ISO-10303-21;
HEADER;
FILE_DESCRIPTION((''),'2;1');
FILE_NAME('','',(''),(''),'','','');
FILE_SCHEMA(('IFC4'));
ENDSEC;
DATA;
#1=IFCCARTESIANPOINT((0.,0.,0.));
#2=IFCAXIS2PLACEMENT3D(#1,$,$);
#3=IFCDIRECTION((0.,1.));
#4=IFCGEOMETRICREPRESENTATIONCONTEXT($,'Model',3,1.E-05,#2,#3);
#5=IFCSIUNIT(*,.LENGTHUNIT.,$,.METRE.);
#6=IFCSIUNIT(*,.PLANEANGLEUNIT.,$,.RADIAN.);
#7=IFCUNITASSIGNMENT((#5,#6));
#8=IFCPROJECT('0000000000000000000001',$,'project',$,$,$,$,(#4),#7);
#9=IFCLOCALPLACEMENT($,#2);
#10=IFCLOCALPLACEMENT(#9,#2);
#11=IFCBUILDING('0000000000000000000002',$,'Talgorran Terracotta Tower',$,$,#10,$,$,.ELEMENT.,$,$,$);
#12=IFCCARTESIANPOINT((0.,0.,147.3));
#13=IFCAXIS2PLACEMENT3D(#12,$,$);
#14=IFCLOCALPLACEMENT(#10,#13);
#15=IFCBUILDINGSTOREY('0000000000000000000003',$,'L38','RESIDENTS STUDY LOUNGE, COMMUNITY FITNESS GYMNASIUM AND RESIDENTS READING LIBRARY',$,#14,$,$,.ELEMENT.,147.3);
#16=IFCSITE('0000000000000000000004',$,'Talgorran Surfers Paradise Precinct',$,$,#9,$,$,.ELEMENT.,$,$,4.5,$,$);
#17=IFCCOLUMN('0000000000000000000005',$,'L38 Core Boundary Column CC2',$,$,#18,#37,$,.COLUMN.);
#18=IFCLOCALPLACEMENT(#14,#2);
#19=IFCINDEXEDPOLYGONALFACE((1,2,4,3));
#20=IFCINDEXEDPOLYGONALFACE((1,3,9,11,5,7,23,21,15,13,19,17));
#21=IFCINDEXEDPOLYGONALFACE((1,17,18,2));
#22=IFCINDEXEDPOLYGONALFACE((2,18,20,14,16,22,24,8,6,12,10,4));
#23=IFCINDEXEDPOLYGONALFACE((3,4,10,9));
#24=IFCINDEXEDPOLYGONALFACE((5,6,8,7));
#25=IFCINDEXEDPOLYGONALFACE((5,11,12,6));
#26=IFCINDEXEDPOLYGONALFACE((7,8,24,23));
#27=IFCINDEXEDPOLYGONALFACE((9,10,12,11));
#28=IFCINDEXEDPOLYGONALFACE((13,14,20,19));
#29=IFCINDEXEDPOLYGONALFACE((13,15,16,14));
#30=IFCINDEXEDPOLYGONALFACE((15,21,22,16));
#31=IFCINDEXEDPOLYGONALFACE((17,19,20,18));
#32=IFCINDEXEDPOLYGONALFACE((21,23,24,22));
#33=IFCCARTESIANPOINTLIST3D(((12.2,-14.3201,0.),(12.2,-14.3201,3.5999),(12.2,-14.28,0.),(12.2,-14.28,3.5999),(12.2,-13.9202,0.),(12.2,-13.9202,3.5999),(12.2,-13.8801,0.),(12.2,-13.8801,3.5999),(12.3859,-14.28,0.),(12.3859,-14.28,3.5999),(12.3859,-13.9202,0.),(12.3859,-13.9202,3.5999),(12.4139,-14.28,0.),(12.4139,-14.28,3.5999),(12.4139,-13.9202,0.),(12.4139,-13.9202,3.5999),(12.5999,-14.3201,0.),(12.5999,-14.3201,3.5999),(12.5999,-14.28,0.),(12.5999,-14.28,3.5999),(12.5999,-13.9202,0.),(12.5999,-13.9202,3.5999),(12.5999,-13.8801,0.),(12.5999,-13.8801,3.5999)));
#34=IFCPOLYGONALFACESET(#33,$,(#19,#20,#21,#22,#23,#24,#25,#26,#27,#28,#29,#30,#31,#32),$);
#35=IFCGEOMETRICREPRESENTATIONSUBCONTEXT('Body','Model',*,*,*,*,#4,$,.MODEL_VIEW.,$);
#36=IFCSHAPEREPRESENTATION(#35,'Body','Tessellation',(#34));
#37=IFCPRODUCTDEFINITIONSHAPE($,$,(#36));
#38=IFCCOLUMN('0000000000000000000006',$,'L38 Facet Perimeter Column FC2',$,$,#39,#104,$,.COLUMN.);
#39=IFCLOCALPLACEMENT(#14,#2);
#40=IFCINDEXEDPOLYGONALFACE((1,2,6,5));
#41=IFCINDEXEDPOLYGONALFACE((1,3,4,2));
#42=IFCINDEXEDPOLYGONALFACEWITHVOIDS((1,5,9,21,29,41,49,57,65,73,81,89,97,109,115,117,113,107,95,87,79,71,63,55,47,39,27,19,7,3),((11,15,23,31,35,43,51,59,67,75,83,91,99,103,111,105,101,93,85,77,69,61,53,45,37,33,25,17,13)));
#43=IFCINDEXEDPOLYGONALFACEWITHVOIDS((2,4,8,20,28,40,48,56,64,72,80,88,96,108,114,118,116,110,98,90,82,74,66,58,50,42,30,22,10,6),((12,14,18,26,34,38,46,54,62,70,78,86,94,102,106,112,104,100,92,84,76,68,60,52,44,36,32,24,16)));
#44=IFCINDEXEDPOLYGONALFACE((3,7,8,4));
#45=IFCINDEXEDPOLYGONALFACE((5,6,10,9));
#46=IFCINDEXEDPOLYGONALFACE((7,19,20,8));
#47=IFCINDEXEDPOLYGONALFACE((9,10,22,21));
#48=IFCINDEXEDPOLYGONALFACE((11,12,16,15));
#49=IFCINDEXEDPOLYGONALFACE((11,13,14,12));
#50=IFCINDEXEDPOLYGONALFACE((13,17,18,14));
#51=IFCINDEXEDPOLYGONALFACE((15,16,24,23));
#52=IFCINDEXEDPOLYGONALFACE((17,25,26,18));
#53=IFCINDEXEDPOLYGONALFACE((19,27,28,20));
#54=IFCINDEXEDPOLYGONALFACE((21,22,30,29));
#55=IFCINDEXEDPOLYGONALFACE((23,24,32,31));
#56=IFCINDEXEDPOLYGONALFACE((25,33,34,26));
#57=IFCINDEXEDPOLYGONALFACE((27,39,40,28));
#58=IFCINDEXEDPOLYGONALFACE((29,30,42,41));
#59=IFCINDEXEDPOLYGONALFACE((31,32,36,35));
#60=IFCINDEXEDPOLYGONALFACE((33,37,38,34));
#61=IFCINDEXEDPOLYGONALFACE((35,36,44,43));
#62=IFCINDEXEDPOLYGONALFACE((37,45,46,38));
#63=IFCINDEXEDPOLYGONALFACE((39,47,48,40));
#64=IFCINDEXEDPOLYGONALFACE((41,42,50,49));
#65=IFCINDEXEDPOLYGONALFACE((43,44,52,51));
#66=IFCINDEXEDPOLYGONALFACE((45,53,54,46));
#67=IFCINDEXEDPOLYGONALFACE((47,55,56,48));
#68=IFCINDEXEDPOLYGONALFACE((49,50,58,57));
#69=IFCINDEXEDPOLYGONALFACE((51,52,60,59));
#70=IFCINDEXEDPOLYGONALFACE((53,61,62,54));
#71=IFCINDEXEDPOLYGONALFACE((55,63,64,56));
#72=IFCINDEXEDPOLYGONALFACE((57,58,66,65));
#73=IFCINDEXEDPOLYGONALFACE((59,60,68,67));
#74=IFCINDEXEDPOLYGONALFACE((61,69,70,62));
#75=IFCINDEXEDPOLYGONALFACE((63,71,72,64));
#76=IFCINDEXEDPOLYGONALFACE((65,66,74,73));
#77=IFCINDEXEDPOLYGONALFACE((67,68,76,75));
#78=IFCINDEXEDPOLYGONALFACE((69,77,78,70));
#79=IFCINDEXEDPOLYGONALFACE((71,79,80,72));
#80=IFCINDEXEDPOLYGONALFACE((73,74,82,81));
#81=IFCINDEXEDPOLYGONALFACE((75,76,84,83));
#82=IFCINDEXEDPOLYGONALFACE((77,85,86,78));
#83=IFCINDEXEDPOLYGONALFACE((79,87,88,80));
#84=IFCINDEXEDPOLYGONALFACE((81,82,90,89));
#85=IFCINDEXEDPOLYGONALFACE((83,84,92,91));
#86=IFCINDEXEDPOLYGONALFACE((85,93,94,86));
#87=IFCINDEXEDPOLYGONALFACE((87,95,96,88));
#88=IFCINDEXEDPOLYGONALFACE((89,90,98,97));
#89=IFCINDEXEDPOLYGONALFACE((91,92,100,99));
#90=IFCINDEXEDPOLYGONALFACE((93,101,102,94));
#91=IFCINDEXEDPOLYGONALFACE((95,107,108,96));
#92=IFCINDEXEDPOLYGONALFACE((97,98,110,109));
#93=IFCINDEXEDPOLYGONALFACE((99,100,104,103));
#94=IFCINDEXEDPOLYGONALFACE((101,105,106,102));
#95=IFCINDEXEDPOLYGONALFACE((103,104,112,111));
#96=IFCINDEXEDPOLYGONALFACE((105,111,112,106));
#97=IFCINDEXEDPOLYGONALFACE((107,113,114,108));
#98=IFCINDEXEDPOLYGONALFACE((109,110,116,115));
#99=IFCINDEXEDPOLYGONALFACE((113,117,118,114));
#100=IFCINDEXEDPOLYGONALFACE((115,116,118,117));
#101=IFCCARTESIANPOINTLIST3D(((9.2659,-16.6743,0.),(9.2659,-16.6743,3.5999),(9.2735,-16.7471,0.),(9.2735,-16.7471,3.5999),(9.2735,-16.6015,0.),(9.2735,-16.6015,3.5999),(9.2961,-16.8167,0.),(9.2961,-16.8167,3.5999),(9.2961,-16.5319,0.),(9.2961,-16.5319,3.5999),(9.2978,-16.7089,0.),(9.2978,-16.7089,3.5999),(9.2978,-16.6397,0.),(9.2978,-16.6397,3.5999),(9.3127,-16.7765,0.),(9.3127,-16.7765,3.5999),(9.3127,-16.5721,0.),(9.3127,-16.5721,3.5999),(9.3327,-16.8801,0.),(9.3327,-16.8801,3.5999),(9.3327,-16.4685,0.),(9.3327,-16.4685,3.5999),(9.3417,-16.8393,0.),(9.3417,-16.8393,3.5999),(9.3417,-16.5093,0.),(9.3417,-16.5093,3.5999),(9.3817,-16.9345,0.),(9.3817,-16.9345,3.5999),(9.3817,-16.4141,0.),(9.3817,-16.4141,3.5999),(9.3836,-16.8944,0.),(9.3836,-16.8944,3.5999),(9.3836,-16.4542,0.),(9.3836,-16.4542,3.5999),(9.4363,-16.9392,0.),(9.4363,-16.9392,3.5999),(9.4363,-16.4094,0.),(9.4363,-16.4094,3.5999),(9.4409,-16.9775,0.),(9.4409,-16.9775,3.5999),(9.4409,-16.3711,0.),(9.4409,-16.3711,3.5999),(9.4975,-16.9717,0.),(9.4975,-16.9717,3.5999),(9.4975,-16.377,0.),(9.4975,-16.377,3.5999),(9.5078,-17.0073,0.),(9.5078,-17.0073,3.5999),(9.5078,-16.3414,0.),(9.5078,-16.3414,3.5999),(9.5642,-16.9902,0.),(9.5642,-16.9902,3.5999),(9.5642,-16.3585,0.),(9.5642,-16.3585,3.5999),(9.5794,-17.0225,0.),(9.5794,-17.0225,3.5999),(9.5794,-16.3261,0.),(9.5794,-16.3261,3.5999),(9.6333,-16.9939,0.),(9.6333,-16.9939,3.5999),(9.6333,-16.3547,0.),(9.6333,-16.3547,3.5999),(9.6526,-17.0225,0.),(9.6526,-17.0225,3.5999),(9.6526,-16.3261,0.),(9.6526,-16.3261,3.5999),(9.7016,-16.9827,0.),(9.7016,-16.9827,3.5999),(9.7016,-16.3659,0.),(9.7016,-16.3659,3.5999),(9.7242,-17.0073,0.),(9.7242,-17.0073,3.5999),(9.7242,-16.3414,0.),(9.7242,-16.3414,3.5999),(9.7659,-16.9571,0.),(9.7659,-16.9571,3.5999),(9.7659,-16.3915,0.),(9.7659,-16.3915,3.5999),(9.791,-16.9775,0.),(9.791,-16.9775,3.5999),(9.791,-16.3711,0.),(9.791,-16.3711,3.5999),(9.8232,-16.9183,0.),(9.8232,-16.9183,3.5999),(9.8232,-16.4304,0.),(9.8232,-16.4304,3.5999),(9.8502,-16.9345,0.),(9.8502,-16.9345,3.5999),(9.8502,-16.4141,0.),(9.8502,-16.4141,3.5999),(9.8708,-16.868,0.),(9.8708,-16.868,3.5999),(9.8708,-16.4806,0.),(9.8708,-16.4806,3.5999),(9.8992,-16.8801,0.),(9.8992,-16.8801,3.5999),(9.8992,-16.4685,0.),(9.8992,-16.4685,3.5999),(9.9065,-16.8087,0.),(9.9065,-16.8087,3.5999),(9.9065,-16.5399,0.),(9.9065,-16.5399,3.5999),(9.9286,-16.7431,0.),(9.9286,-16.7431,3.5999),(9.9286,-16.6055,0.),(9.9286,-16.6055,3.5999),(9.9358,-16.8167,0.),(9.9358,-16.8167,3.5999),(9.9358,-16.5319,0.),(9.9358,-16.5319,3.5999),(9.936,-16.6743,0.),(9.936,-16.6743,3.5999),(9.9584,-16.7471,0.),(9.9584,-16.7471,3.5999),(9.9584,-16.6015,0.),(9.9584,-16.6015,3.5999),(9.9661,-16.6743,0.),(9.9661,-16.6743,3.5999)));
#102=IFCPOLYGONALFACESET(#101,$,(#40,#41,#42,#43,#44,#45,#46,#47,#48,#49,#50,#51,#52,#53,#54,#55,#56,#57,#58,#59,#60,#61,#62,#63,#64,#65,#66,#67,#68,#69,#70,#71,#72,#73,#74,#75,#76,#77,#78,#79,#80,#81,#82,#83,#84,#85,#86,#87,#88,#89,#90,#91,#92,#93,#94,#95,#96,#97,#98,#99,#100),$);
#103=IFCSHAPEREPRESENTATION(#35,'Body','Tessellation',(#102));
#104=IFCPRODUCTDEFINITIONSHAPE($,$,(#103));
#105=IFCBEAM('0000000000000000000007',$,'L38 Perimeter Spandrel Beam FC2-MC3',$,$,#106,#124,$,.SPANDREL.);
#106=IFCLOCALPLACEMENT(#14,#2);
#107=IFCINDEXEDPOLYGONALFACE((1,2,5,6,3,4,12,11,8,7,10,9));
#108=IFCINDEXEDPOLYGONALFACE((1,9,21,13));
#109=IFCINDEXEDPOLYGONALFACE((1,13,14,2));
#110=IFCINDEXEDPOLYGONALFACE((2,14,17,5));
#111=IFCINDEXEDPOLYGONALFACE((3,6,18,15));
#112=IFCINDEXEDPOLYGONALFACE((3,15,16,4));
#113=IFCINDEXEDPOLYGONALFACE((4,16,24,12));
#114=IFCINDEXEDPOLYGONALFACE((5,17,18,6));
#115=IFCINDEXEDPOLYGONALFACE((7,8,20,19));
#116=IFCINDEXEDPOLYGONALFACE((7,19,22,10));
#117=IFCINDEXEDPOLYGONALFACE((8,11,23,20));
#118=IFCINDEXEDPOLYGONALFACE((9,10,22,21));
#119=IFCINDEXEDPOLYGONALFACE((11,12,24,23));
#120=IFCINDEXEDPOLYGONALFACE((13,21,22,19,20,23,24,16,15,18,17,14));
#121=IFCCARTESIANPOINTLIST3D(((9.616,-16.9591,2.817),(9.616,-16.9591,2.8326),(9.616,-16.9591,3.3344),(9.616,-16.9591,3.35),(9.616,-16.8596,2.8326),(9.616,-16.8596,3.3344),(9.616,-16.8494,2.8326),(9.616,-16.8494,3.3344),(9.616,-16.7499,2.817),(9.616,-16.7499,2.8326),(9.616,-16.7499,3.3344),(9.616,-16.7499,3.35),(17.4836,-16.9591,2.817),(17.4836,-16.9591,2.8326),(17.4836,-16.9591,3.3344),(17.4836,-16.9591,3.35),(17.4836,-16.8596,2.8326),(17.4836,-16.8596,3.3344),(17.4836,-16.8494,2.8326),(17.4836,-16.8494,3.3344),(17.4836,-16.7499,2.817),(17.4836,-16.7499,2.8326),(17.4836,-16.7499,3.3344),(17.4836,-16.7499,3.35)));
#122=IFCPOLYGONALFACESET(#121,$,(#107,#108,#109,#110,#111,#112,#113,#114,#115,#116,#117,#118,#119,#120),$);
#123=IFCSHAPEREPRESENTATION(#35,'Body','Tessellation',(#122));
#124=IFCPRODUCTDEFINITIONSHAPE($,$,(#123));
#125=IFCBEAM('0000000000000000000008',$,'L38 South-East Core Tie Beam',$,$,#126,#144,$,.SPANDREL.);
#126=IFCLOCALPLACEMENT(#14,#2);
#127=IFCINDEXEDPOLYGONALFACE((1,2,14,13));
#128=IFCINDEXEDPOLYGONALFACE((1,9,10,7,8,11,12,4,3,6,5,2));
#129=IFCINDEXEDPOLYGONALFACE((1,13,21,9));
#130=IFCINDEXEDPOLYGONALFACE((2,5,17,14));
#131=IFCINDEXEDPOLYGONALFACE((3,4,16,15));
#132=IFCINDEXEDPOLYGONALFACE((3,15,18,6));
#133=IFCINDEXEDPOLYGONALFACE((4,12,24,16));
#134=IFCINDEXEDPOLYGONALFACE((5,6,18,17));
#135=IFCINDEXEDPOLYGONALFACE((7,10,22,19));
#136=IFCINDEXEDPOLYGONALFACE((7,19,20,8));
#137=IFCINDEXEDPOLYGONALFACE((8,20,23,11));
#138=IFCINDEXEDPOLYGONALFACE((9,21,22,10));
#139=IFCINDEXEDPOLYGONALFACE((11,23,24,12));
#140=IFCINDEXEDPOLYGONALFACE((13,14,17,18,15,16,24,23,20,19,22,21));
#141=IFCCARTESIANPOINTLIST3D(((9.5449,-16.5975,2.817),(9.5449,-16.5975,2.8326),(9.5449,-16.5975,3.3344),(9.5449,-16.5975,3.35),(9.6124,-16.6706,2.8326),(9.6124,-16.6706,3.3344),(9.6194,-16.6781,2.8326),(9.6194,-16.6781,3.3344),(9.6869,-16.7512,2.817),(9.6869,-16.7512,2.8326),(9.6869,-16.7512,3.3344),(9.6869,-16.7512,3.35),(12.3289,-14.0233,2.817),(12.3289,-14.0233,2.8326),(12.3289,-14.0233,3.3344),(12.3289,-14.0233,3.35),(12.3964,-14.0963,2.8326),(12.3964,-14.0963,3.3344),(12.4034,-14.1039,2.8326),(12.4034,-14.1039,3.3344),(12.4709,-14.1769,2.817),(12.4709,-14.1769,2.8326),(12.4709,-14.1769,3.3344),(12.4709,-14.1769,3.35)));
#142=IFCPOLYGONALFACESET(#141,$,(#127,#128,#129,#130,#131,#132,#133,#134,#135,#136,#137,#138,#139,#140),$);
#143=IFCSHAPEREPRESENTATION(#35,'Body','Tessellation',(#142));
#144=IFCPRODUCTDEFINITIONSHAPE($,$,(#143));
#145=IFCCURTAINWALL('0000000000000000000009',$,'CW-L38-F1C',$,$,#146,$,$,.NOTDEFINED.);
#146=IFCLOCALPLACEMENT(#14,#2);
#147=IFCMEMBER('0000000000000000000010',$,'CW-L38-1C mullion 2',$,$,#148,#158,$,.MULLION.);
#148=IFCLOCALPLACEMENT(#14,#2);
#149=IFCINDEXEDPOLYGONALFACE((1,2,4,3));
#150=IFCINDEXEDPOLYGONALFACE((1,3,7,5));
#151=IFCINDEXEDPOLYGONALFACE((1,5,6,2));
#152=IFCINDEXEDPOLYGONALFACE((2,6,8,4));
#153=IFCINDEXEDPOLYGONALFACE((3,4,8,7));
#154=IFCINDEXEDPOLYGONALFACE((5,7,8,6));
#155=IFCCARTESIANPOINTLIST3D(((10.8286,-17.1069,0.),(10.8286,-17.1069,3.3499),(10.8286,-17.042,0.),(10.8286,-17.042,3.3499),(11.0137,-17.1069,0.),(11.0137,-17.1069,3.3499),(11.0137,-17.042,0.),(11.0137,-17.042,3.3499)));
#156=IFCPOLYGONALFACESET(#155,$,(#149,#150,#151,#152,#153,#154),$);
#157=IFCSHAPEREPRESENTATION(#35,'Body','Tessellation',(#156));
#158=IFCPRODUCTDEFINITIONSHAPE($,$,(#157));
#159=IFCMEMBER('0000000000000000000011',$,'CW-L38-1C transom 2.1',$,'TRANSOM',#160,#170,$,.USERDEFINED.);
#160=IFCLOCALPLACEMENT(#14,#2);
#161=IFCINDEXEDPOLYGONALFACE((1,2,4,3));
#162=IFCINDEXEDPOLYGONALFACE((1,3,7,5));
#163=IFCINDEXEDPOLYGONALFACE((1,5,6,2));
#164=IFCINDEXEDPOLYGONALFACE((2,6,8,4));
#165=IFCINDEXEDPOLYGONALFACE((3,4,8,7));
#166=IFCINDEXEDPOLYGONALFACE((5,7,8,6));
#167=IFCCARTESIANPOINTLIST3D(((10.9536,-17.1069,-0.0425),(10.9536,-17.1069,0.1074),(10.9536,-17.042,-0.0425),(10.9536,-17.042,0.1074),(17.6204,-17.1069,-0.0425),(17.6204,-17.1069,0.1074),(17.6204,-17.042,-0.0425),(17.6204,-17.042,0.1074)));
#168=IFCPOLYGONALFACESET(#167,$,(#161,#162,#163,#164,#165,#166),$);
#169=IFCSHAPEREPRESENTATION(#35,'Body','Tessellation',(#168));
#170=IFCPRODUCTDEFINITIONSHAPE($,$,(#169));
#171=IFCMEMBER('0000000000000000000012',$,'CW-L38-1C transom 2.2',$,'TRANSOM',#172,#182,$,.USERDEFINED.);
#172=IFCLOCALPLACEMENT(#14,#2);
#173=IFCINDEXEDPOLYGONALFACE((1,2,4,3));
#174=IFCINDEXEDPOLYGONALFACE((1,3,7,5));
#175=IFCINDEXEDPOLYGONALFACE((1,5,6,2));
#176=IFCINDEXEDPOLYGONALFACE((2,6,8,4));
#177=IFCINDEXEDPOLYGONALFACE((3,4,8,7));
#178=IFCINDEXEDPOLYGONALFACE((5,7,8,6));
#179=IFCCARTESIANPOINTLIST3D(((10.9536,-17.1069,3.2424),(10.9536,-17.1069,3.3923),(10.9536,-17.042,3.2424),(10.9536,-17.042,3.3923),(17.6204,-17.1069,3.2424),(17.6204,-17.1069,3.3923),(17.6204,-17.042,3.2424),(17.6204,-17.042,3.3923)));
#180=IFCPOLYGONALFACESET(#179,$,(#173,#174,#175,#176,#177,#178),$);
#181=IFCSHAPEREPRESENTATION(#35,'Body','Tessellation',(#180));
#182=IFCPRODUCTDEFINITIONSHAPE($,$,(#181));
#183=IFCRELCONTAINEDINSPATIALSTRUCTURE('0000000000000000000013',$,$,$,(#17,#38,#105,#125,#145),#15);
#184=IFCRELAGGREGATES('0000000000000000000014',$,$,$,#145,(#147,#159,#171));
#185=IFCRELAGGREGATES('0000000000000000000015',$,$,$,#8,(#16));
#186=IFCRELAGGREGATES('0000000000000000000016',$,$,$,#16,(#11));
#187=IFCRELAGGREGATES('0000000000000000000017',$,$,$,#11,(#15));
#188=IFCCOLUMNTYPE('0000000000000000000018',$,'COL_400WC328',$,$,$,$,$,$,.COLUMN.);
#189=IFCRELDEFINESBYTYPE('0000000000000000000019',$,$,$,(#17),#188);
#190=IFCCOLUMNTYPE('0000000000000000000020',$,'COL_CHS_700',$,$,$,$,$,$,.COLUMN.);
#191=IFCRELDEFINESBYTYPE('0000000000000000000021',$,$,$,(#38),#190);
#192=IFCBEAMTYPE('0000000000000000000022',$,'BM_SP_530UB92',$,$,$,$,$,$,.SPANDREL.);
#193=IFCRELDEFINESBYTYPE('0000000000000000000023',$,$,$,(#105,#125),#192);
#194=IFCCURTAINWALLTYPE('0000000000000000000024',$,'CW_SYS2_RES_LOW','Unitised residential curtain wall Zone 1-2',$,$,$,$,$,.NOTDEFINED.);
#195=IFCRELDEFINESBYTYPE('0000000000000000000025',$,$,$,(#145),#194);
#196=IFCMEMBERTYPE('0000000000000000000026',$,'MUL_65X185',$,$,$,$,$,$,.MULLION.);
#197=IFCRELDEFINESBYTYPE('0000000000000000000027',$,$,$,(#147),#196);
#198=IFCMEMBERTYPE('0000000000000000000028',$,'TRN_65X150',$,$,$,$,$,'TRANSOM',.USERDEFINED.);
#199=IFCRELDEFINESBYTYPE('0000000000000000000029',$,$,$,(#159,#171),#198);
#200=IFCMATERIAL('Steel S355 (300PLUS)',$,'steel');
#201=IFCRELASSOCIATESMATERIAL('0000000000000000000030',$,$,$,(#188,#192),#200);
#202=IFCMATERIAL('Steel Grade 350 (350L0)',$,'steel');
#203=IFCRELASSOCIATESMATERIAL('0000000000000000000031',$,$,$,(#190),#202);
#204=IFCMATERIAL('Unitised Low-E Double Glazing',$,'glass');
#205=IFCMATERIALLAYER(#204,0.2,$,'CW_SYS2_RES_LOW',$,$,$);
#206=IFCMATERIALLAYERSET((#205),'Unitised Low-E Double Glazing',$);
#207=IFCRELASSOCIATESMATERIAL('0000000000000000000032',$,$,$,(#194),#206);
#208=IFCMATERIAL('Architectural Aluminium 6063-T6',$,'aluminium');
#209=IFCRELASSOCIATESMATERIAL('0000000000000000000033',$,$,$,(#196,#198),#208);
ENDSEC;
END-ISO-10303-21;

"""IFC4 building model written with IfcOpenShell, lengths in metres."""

from ifc_helpers import new_model, si_unit, direction, frame, origin, origin_2d, place, context, subcontext, project, spatial, rectangle, hollow_circle, i_section, extrude, material, layer, layer_set, material_profile, profile_set, type_object, element, aggregate, save


model = new_model("IFC4")

# Units and contexts
model_context = context("Model", 3, precision=1e-05, world=origin(), true_north=direction((0.0, 1.0)))
body_context = subcontext(model_context, "Body", "Model", "MODEL_VIEW")
ifc_project = project(units=[si_unit("LENGTHUNIT", "METRE"), si_unit("PLANEANGLEUNIT", "RADIAN")], contexts=[model_context])

# Site, building, storey
site_placement = place(None, origin())
site = spatial("IfcSite", under=ifc_project, at=site_placement, Name="Talgorran Surfers Paradise Precinct", CompositionType="ELEMENT", RefElevation=4.5)
building_placement = place(site_placement, origin())
building = spatial("IfcBuilding", under=site, at=building_placement, Name="Talgorran Terracotta Tower", CompositionType="ELEMENT")
storey_placement = place(building_placement, frame((0.0, 0.0, 147.3)))
storey = spatial("IfcBuildingStorey", under=building, at=storey_placement, Name="L38", Description="RESIDENTS STUDY LOUNGE, COMMUNITY FITNESS GYMNASIUM AND RESIDENTS READING LIBRARY", CompositionType="ELEMENT", Elevation=147.3)

# Columns
ifc_material_1 = material(Name="Steel S355 (300PLUS)", Category="steel")
ifc_material_profile_1 = material_profile(ifc_material_1, i_section(OverallWidth=0.3999, OverallDepth=0.4399, WebThickness=0.0281, FlangeThickness=0.04, at=origin_2d()), Name="400WC328")
ifc_profile_set_1 = profile_set([ifc_material_profile_1], Name="Steel S355 (300PLUS)")
column_type_1 = type_object("IfcColumnType", Name="COL_400WC328", PredefinedType="COLUMN", material=ifc_profile_set_1)
column_1_placement = place(storey_placement, frame((12.3999, -14.1001, 0.0), z_axis=(0.0, 0.0, 1.0), x_axis=(1.0, 0.0, 0.0)))
element("IfcColumn", 1, at=column_1_placement, inside=storey, type_object=column_type_1, Name="L38 Core Boundary Column CC2", PredefinedType="COLUMN", context=body_context, shape_type="SweptSolid", body=[
    extrude(i_section(OverallWidth=0.3999, OverallDepth=0.4399, WebThickness=0.0281, FlangeThickness=0.04, at=origin_2d()), origin(), (0.0, 0.0, 1.0), 3.5999),
])
ifc_material_2 = material(Name="Steel Grade 350 (350L0)", Category="steel")
ifc_material_profile_2 = material_profile(ifc_material_2, hollow_circle(Radius=0.3501, WallThickness=0.03, at=origin_2d()), Name="CHS700X30")
ifc_profile_set_2 = profile_set([ifc_material_profile_2], Name="Steel Grade 350 (350L0)")
column_type_2 = type_object("IfcColumnType", Name="COL_CHS_700", PredefinedType="COLUMN", material=ifc_profile_set_2)
column_2_placement = place(storey_placement, frame((9.616, -16.6743, 0.0), z_axis=(0.0, 0.0, 1.0), x_axis=(1.0, 0.0, 0.0)))
element("IfcColumn", 2, at=column_2_placement, inside=storey, type_object=column_type_2, Name="L38 Facet Perimeter Column FC2", PredefinedType="COLUMN", context=body_context, shape_type="SweptSolid", body=[
    extrude(hollow_circle(Radius=0.3501, WallThickness=0.03, at=origin_2d()), origin(), (0.0, 0.0, 1.0), 3.5999),
])

# Beams
ifc_material_profile_3 = material_profile(ifc_material_1, i_section(OverallWidth=0.2092, OverallDepth=0.533, WebThickness=0.0103, FlangeThickness=0.0156, at=origin_2d()), Name="530UB92.4")
ifc_profile_set_3 = profile_set([ifc_material_profile_3], Name="Steel S355 (300PLUS)")
beam_type = type_object("IfcBeamType", Name="BM_SP_530UB92", PredefinedType="SPANDREL", material=ifc_profile_set_3)
beam_1_placement = place(storey_placement, frame((9.616, -16.8545, 3.0835), z_axis=(1.0, 0.0, 0.0), x_axis=(0.0, 1.0, 0.0)))
element("IfcBeam", 3, at=beam_1_placement, inside=storey, type_object=beam_type, Name="L38 Perimeter Spandrel Beam FC2-MC3", PredefinedType="SPANDREL", context=body_context, shape_type="SweptSolid", body=[
    extrude(i_section(OverallWidth=0.2092, OverallDepth=0.533, WebThickness=0.0103, FlangeThickness=0.0156, at=origin_2d()), origin(), (0.0, 0.0, 1.0), 7.8677),
])
beam_2_placement = place(storey_placement, frame((12.3999, -14.1001, 3.0835), z_axis=(-0.734221, -0.678911, 0.0), x_axis=(0.678911, -0.734221, 0.0)))
element("IfcBeam", 4, at=beam_2_placement, inside=storey, type_object=beam_type, Name="L38 South-East Core Tie Beam", PredefinedType="SPANDREL", context=body_context, shape_type="SweptSolid", body=[
    extrude(i_section(OverallWidth=0.2092, OverallDepth=0.533, WebThickness=0.0103, FlangeThickness=0.0156, at=origin_2d()), origin(), (0.0, 0.0, 1.0), 3.7917),
])

# Curtain wall, members
ifc_material_3 = material(Name="Unitised Low-E Double Glazing", Category="glass")
ifc_layer_1 = layer(ifc_material_3, 0.2, Name="CW_SYS2_RES_LOW")
ifc_layer_set_1 = layer_set([ifc_layer_1], Name="Unitised Low-E Double Glazing")
curtain_wall_type = type_object("IfcCurtainWallType", Name="CW_SYS2_RES_LOW", Description="Unitised residential curtain wall Zone 1-2", PredefinedType="NOTDEFINED", material=ifc_layer_set_1)
curtain_wall_placement = place(storey_placement, origin())
curtain_wall = element("IfcCurtainWall", 5, at=curtain_wall_placement, inside=storey, type_object=curtain_wall_type, Name="CW-L38-F1C", PredefinedType="NOTDEFINED")
ifc_material_4 = material(Name="Architectural Aluminium 6063-T6", Category="aluminium")
ifc_material_profile_4 = material_profile(ifc_material_4, rectangle(XDim=0.0649, YDim=0.1851, at=origin_2d()), Name="CWM65X185")
ifc_profile_set_4 = profile_set([ifc_material_profile_4], Name="Architectural Aluminium 6063-T6")
member_type_1 = type_object("IfcMemberType", Name="MUL_65X185", PredefinedType="MULLION", material=ifc_profile_set_4)
member_1_placement = place(storey_placement, frame((10.9211, -17.0745, 0.0), z_axis=(0.0, 0.0, 1.0), x_axis=(0.0, 1.0, 0.0)))
member_1 = element("IfcMember", 6, at=member_1_placement, type_object=member_type_1, Name="CW-L38-1C mullion 2", PredefinedType="MULLION", context=body_context, shape_type="SweptSolid", body=[
    extrude(rectangle(XDim=0.0649, YDim=0.1851, at=origin_2d()), origin(), (0.0, 0.0, 1.0), 3.3499),
])
ifc_material_profile_5 = material_profile(ifc_material_4, rectangle(XDim=0.0649, YDim=0.1499, at=origin_2d()), Name="CWT65X150")
ifc_profile_set_5 = profile_set([ifc_material_profile_5], Name="Architectural Aluminium 6063-T6")
member_type_2 = type_object("IfcMemberType", Name="TRN_65X150", ElementType="TRANSOM", PredefinedType="USERDEFINED", material=ifc_profile_set_5)
member_2_placement = place(storey_placement, frame((10.9536, -17.0745, 0.0325), z_axis=(1.0, 0.0, 0.0), x_axis=(0.0, 1.0, 0.0)))
member_2 = element("IfcMember", 7, at=member_2_placement, type_object=member_type_2, Name="CW-L38-1C transom 2.1", ObjectType="TRANSOM", PredefinedType="USERDEFINED", context=body_context, shape_type="SweptSolid", body=[
    extrude(rectangle(XDim=0.0649, YDim=0.1499, at=origin_2d()), origin(), (0.0, 0.0, 1.0), 6.6667),
])
member_3_placement = place(storey_placement, frame((10.9536, -17.0745, 3.3174), z_axis=(1.0, 0.0, 0.0), x_axis=(0.0, 1.0, 0.0)))
member_3 = element("IfcMember", 8, at=member_3_placement, type_object=member_type_2, Name="CW-L38-1C transom 2.2", ObjectType="TRANSOM", PredefinedType="USERDEFINED", context=body_context, shape_type="SweptSolid", body=[
    extrude(rectangle(XDim=0.0649, YDim=0.1499, at=origin_2d()), origin(), (0.0, 0.0, 1.0), 6.6667),
])
aggregate(curtain_wall, [member_1, member_2, member_3])

save(model, "model.ifc")
